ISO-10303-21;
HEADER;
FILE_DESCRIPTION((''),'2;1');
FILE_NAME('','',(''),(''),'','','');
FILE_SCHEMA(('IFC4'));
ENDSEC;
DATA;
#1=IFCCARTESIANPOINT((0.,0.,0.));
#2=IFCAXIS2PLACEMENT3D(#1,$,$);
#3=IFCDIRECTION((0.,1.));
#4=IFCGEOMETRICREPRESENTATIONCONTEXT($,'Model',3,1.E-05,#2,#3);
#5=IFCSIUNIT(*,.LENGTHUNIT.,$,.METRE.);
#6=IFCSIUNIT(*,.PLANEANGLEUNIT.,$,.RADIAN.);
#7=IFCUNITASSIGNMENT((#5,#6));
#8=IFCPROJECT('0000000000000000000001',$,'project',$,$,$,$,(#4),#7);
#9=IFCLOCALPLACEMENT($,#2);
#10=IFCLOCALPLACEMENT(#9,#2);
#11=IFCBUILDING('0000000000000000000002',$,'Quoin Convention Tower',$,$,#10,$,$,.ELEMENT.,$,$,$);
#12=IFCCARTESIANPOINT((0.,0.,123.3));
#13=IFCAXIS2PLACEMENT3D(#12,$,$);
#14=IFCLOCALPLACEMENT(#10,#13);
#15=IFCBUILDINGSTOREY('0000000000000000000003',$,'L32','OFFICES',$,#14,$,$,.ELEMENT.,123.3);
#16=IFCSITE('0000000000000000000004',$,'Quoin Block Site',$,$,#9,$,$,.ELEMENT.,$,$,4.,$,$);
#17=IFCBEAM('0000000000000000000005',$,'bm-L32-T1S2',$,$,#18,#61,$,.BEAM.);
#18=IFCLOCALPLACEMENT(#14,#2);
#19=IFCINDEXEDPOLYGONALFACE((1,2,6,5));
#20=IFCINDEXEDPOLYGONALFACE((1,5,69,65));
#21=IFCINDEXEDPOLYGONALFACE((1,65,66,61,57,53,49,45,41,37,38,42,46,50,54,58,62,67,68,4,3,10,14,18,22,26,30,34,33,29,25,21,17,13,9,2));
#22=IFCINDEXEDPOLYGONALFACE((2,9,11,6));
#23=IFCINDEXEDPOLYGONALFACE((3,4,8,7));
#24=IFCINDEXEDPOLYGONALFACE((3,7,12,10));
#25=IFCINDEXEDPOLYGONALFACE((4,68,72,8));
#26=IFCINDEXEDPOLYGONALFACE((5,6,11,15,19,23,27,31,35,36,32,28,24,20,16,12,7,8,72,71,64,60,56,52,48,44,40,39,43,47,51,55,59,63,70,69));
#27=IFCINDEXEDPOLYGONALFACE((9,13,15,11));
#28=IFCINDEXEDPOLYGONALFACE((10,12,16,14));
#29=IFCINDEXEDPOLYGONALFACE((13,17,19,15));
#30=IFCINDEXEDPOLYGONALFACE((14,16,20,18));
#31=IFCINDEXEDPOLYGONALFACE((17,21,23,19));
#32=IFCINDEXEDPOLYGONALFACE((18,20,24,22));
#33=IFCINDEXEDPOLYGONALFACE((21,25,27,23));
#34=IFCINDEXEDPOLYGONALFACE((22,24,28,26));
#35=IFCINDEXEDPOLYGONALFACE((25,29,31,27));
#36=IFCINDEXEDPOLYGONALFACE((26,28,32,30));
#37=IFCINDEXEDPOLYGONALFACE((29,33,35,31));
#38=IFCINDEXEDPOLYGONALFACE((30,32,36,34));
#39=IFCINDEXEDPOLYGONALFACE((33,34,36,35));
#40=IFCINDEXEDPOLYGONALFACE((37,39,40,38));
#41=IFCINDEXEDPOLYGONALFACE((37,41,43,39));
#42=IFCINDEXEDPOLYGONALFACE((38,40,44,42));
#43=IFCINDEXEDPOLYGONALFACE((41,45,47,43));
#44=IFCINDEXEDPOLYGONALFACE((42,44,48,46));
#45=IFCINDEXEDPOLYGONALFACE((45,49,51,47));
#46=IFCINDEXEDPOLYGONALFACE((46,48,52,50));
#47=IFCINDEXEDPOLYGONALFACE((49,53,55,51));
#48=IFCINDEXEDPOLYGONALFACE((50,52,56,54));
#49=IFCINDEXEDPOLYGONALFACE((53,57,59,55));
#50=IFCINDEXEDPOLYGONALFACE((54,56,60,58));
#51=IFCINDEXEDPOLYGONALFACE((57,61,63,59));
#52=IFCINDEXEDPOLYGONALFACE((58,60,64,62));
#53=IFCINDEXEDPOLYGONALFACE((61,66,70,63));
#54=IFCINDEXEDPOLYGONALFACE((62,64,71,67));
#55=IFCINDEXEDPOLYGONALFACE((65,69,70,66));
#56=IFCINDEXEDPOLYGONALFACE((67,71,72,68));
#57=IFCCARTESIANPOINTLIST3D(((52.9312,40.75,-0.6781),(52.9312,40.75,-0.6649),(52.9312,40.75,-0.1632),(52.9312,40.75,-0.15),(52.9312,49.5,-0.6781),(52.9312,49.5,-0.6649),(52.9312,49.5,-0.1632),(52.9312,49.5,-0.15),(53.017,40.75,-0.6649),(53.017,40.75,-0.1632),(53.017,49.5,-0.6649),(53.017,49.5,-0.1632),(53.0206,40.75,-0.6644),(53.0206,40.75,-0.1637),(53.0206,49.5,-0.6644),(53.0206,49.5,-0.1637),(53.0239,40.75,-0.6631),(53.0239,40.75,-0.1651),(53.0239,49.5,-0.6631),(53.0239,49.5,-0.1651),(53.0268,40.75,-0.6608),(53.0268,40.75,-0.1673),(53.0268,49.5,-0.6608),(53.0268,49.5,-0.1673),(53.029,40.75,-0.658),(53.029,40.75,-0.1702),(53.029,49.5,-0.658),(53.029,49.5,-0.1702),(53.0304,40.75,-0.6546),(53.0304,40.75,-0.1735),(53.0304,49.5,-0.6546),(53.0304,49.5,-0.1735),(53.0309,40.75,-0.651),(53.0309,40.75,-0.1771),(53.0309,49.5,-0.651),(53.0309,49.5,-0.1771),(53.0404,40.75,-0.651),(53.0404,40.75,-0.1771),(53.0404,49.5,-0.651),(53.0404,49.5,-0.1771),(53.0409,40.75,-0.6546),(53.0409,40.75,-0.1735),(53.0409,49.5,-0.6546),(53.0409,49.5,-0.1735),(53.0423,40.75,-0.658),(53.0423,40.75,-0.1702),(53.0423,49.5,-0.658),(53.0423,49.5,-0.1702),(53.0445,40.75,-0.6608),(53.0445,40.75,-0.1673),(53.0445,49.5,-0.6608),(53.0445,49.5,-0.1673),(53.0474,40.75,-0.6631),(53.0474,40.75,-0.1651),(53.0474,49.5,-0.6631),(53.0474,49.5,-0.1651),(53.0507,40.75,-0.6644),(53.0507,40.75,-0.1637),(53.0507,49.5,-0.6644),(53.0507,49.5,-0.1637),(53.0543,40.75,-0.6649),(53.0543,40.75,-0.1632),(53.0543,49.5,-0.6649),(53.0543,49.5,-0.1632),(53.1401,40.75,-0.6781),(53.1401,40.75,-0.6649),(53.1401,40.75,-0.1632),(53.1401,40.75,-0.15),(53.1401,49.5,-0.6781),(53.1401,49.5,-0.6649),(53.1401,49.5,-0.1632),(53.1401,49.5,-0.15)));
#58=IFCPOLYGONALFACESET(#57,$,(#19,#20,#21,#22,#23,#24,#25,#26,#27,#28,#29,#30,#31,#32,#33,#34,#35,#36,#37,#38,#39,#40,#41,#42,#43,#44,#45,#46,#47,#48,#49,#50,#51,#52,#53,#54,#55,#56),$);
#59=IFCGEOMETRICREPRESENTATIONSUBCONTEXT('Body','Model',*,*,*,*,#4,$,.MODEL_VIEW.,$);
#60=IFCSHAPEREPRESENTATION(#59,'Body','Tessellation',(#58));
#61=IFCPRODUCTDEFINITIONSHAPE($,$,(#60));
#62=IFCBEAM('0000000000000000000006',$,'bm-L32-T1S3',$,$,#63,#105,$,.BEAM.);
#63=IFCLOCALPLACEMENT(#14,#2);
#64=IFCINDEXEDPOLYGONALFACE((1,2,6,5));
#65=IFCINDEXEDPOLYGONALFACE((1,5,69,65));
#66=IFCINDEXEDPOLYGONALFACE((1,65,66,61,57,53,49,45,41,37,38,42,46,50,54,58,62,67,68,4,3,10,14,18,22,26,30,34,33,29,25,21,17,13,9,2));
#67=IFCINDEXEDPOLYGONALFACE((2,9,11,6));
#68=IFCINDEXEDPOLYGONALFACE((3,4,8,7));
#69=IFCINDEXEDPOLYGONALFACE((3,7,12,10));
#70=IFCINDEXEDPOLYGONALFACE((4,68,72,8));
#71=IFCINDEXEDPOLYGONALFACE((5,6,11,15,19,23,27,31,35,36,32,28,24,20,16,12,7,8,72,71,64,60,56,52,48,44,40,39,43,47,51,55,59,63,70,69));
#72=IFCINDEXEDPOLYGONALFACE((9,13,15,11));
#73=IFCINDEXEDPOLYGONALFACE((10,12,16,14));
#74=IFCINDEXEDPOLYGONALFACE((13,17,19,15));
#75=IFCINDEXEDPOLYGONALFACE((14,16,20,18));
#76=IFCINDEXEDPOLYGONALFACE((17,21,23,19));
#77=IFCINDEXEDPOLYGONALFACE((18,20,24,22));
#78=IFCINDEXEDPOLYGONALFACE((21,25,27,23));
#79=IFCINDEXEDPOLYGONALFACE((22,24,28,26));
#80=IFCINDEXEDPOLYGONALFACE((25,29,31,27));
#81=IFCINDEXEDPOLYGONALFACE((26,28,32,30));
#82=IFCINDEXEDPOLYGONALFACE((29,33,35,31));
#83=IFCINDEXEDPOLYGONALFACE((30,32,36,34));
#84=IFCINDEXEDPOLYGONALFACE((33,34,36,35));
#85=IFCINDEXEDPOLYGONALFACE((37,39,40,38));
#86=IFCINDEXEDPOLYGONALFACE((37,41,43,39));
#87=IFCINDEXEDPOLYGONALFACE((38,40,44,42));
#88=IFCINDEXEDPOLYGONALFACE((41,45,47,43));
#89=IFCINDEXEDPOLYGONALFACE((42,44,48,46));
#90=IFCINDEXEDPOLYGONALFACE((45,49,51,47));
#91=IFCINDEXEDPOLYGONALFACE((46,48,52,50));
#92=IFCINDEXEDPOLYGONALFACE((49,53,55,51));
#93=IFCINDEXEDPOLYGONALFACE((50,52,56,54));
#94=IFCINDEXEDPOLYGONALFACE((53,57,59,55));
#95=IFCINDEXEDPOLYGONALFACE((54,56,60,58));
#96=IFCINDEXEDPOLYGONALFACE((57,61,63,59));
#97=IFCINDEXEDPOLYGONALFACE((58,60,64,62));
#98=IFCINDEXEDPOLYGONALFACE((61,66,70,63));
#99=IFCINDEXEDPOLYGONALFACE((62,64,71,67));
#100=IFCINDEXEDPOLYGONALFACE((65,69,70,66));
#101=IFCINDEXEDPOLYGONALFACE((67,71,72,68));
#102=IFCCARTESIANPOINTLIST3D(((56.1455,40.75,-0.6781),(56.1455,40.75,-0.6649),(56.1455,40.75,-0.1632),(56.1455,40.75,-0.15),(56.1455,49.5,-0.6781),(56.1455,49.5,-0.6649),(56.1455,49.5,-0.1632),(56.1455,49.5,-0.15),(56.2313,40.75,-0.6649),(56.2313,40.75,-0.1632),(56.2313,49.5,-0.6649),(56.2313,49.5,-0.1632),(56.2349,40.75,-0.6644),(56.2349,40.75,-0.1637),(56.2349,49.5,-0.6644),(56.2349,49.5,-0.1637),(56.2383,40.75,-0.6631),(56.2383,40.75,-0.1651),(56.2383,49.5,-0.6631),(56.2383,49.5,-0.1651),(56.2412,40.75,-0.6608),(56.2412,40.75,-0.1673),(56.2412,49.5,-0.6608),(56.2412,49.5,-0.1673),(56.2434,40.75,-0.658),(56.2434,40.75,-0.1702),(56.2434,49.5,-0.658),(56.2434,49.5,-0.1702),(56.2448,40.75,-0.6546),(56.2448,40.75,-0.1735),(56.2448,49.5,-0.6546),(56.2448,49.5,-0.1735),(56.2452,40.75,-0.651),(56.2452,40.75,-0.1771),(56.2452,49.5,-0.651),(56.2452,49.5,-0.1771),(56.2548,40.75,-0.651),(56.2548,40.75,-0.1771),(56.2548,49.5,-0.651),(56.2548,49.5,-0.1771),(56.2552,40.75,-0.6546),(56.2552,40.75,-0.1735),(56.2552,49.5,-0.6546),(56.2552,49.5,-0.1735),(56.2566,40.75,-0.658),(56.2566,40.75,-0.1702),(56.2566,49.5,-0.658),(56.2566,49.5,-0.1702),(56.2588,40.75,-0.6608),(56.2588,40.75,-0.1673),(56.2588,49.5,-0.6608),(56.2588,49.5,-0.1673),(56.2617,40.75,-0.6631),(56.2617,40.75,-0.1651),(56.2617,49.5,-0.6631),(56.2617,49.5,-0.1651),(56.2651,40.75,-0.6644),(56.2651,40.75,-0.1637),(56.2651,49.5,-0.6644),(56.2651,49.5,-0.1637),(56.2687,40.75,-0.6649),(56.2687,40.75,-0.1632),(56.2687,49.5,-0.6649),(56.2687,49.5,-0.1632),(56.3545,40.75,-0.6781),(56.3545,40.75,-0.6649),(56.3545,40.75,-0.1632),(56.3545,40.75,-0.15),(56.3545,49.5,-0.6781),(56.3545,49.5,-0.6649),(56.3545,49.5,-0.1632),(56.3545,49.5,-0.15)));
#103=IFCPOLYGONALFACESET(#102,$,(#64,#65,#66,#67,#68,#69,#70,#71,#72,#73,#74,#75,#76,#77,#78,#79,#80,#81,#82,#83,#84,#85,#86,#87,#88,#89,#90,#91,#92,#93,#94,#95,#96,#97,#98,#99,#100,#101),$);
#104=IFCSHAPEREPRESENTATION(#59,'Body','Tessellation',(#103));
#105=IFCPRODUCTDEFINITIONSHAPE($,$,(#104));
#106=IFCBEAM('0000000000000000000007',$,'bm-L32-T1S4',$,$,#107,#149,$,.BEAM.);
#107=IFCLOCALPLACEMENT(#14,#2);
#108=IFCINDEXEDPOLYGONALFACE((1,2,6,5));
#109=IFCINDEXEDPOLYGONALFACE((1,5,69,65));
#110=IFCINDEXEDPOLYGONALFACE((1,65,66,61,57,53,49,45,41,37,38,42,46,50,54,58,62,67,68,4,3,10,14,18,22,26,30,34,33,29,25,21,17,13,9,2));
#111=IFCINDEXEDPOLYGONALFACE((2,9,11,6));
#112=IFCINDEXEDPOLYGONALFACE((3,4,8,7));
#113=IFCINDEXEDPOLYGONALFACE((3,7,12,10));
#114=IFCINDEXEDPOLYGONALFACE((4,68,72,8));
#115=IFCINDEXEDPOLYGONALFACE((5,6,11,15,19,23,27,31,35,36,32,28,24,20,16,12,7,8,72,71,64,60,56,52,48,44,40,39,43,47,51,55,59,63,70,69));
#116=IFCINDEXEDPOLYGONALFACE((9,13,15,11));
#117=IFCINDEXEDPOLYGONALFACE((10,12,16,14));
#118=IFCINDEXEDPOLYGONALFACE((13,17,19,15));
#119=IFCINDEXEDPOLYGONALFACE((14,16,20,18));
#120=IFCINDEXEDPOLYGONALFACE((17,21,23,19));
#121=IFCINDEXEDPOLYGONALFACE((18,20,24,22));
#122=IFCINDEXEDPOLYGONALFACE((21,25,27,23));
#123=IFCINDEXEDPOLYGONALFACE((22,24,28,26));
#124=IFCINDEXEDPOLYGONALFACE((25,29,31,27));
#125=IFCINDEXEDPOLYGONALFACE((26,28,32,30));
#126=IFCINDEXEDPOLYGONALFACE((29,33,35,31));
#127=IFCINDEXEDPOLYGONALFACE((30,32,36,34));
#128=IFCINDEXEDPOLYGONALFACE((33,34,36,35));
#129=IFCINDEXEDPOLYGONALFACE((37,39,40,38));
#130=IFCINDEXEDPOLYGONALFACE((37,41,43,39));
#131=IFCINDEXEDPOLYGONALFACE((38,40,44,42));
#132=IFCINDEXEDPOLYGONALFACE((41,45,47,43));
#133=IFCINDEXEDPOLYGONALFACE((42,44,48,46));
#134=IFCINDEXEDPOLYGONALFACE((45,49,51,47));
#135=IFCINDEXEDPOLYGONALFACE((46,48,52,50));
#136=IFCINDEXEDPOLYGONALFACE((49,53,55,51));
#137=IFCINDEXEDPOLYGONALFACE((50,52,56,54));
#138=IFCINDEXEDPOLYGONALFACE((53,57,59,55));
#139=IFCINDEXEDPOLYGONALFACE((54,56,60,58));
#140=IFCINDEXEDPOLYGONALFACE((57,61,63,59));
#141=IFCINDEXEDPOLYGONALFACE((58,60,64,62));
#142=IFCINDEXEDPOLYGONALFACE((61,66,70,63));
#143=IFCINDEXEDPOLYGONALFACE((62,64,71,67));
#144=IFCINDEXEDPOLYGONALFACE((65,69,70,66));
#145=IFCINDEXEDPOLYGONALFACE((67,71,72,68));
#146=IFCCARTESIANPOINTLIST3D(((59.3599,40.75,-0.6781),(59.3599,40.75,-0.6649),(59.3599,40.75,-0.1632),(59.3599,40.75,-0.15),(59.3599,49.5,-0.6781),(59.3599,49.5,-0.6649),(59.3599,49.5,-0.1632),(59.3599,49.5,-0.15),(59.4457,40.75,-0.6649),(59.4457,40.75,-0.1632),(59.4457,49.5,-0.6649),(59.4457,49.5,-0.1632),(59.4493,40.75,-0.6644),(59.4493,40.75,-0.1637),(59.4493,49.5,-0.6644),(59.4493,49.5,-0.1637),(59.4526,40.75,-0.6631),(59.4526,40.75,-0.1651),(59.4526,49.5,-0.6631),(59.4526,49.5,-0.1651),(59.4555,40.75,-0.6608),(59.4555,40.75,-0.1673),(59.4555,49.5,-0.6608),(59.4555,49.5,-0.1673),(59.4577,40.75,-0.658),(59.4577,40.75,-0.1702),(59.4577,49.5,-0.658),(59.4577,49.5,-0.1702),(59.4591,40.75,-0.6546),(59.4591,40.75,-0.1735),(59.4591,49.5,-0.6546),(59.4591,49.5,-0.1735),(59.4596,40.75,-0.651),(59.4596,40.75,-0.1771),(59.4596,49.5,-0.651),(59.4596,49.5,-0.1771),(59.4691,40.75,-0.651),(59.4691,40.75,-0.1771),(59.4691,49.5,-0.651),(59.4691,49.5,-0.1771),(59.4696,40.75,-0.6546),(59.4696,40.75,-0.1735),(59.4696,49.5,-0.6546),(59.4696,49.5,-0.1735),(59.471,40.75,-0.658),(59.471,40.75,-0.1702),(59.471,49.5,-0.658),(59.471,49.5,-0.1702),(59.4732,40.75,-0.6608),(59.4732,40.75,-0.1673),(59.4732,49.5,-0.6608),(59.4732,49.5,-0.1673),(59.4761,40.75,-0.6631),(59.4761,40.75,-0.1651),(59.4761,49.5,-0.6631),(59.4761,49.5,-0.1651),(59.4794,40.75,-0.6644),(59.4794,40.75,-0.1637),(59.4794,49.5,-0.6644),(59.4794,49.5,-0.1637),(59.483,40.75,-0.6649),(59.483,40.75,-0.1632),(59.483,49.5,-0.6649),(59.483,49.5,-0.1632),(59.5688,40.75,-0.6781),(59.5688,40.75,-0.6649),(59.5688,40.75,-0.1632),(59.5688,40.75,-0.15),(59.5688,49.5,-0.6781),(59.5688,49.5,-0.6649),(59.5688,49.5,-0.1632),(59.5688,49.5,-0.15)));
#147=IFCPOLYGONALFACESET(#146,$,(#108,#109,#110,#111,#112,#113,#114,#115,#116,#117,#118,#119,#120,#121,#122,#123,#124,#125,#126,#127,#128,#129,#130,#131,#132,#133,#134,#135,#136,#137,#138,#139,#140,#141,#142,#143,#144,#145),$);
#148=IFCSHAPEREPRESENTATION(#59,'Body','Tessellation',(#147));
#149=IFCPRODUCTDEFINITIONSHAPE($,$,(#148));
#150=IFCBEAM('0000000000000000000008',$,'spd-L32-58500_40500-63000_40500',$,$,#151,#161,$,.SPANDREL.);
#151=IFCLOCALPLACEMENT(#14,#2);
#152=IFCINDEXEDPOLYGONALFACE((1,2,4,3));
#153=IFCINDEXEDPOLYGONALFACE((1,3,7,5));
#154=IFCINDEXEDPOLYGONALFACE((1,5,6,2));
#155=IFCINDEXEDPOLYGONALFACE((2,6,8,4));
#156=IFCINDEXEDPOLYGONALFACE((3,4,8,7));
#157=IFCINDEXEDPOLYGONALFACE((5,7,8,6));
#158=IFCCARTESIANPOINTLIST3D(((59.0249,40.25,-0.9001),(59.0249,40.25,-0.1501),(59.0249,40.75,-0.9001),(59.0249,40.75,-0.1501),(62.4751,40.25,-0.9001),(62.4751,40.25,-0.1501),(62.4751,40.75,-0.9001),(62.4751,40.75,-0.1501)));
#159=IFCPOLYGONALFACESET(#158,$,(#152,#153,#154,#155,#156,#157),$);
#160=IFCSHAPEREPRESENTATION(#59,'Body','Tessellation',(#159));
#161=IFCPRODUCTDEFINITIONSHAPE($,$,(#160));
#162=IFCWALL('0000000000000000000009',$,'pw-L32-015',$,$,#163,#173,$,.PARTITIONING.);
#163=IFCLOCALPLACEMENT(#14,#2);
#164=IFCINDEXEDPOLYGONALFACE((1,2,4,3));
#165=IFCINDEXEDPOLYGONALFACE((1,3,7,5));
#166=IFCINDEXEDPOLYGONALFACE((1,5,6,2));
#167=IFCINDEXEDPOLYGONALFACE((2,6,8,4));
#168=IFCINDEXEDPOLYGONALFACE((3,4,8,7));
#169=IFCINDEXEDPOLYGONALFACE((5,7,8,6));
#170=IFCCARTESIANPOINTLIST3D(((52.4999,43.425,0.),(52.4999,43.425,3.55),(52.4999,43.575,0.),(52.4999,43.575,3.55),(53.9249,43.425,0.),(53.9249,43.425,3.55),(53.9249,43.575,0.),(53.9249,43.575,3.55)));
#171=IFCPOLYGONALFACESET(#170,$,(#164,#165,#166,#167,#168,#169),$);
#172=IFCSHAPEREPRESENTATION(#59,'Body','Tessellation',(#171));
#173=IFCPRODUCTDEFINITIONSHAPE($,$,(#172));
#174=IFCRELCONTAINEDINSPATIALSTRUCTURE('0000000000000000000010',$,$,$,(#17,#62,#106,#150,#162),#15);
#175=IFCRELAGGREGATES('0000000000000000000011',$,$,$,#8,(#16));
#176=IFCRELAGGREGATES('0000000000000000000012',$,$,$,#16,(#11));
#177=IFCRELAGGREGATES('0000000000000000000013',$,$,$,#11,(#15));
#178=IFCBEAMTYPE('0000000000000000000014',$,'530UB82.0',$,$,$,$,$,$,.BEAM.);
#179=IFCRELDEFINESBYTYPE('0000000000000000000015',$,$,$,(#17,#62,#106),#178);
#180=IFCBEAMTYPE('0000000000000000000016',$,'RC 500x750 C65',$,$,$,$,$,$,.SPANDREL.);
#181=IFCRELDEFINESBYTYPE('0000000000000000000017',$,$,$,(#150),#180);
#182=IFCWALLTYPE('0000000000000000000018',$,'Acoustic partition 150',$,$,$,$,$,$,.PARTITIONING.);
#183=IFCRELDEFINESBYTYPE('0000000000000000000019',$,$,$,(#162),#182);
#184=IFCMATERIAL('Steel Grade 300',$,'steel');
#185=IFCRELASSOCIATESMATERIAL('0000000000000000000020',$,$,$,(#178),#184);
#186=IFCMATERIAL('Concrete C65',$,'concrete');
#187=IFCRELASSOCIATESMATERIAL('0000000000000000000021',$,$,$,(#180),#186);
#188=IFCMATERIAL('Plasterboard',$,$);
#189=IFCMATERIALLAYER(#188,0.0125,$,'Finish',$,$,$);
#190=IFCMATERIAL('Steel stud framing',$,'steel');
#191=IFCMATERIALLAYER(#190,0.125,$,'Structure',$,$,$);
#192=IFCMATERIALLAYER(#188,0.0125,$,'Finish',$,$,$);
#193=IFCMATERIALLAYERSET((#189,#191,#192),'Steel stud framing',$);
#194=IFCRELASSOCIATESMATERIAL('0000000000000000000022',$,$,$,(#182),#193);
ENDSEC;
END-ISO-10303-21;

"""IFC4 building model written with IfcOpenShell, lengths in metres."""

from ifc_helpers import new_model, si_unit, direction, frame, frame_2d, origin, origin_2d, place, context, subcontext, project, spatial, rectangle, i_section, extrude, material, layer, layer_set, material_profile, profile_set, type_object, element, save


model = new_model("IFC4")

# Units and contexts
model_context = context("Model", 3, precision=1e-05, world=origin(), true_north=direction((0.0, 1.0)))
body_context = subcontext(model_context, "Body", "Model", "MODEL_VIEW")
ifc_project = project(units=[si_unit("LENGTHUNIT", "METRE"), si_unit("PLANEANGLEUNIT", "RADIAN")], contexts=[model_context])

# Site, building, storey
site_placement = place(None, origin())
site = spatial("IfcSite", under=ifc_project, at=site_placement, Name="Quoin Block Site", CompositionType="ELEMENT", RefElevation=4.0)
building_placement = place(site_placement, origin())
building = spatial("IfcBuilding", under=site, at=building_placement, Name="Quoin Convention Tower", CompositionType="ELEMENT")
storey_placement = place(building_placement, frame((0.0, 0.0, 123.3)))
storey = spatial("IfcBuildingStorey", under=building, at=storey_placement, Name="L32", Description="OFFICES", CompositionType="ELEMENT", Elevation=123.3)

# Beams
ifc_material_1 = material(Name="Steel Grade 300", Category="steel")
ifc_material_profile_1 = material_profile(ifc_material_1, i_section(OverallWidth=0.209, OverallDepth=0.5281, WebThickness=0.0095, FlangeThickness=0.0132, FilletRadius=0.0139, at=origin_2d()), Name="530UB82.0")
ifc_profile_set_1 = profile_set([ifc_material_profile_1], Name="Steel Grade 300")
beam_type_1 = type_object("IfcBeamType", Name="530UB82.0", PredefinedType="BEAM", material=ifc_profile_set_1)
for number, where, z_axis, x_axis, name in (
    (1, (53.0356, 40.75, -0.4141), (0.0, 1.0, 0.0), (-1.0, 0.0, 0.0), "bm-L32-T1S2"),
    (2, (56.25, 40.75, -0.4141), (0.0, 1.0, 0.0), (-1.0, 0.0, 0.0), "bm-L32-T1S3"),
    (3, (59.4644, 40.75, -0.4141), (0.0, 1.0, 0.0), (-1.0, 0.0, 0.0), "bm-L32-T1S4"),
):
    element("IfcBeam", number, at=place(storey_placement, frame(where, z_axis=z_axis, x_axis=x_axis)), inside=storey, type_object=beam_type_1, Name=name, PredefinedType="BEAM", context=body_context, shape_type="SweptSolid", body=[
        extrude(i_section(OverallWidth=0.209, OverallDepth=0.5281, WebThickness=0.0095, FlangeThickness=0.0132, FilletRadius=0.0139, at=origin_2d()), origin(), (0.0, 0.0, 1.0), 8.75),
    ])
ifc_material_2 = material(Name="Concrete C65", Category="concrete")
ifc_material_profile_2 = material_profile(ifc_material_2, rectangle(XDim=0.5, YDim=0.75, at=origin_2d()), Name="RC 500x750")
ifc_profile_set_2 = profile_set([ifc_material_profile_2], Name="Concrete C65")
beam_type_2 = type_object("IfcBeamType", Name="RC 500x750 C65", PredefinedType="SPANDREL", material=ifc_profile_set_2)
beam_placement = place(storey_placement, frame((59.0249, 40.5, -0.5251), z_axis=(1.0, 0.0, 0.0), x_axis=(0.0, 1.0, 0.0)))
element("IfcBeam", 4, at=beam_placement, inside=storey, type_object=beam_type_2, Name="spd-L32-58500_40500-63000_40500", PredefinedType="SPANDREL", context=body_context, shape_type="SweptSolid", body=[
    extrude(rectangle(XDim=0.5, YDim=0.75, at=origin_2d()), origin(), (0.0, 0.0, 1.0), 3.4502),
])

# Wall
ifc_material_3 = material(Name="Plasterboard")
ifc_layer_1 = layer(ifc_material_3, 0.0125, Name="Finish")
ifc_material_4 = material(Name="Steel stud framing", Category="steel")
ifc_layer_2 = layer(ifc_material_4, 0.125, Name="Structure")
ifc_layer_3 = layer(ifc_material_3, 0.0125, Name="Finish")
ifc_layer_set_1 = layer_set([ifc_layer_1, ifc_layer_2, ifc_layer_3], Name="Steel stud framing")
wall_type_1 = type_object("IfcWallType", Name="Acoustic partition 150", PredefinedType="PARTITIONING", material=ifc_layer_set_1)
wall_1_placement = place(storey_placement, frame((52.5, 43.5, 0.0), z_axis=(0.0, 0.0, 1.0), x_axis=(1.0, 0.0, 0.0)))
element("IfcWall", 5, at=wall_1_placement, inside=storey, type_object=wall_type_1, Name="pw-L32-015", PredefinedType="PARTITIONING", context=body_context, shape_type="SweptSolid", body=[
    extrude(rectangle(XDim=1.425, YDim=0.1499, at=frame_2d((0.7124, 0.0))), origin(), (0.0, 0.0, 1.0), 3.55),
])

save(model, "model.ifc")
